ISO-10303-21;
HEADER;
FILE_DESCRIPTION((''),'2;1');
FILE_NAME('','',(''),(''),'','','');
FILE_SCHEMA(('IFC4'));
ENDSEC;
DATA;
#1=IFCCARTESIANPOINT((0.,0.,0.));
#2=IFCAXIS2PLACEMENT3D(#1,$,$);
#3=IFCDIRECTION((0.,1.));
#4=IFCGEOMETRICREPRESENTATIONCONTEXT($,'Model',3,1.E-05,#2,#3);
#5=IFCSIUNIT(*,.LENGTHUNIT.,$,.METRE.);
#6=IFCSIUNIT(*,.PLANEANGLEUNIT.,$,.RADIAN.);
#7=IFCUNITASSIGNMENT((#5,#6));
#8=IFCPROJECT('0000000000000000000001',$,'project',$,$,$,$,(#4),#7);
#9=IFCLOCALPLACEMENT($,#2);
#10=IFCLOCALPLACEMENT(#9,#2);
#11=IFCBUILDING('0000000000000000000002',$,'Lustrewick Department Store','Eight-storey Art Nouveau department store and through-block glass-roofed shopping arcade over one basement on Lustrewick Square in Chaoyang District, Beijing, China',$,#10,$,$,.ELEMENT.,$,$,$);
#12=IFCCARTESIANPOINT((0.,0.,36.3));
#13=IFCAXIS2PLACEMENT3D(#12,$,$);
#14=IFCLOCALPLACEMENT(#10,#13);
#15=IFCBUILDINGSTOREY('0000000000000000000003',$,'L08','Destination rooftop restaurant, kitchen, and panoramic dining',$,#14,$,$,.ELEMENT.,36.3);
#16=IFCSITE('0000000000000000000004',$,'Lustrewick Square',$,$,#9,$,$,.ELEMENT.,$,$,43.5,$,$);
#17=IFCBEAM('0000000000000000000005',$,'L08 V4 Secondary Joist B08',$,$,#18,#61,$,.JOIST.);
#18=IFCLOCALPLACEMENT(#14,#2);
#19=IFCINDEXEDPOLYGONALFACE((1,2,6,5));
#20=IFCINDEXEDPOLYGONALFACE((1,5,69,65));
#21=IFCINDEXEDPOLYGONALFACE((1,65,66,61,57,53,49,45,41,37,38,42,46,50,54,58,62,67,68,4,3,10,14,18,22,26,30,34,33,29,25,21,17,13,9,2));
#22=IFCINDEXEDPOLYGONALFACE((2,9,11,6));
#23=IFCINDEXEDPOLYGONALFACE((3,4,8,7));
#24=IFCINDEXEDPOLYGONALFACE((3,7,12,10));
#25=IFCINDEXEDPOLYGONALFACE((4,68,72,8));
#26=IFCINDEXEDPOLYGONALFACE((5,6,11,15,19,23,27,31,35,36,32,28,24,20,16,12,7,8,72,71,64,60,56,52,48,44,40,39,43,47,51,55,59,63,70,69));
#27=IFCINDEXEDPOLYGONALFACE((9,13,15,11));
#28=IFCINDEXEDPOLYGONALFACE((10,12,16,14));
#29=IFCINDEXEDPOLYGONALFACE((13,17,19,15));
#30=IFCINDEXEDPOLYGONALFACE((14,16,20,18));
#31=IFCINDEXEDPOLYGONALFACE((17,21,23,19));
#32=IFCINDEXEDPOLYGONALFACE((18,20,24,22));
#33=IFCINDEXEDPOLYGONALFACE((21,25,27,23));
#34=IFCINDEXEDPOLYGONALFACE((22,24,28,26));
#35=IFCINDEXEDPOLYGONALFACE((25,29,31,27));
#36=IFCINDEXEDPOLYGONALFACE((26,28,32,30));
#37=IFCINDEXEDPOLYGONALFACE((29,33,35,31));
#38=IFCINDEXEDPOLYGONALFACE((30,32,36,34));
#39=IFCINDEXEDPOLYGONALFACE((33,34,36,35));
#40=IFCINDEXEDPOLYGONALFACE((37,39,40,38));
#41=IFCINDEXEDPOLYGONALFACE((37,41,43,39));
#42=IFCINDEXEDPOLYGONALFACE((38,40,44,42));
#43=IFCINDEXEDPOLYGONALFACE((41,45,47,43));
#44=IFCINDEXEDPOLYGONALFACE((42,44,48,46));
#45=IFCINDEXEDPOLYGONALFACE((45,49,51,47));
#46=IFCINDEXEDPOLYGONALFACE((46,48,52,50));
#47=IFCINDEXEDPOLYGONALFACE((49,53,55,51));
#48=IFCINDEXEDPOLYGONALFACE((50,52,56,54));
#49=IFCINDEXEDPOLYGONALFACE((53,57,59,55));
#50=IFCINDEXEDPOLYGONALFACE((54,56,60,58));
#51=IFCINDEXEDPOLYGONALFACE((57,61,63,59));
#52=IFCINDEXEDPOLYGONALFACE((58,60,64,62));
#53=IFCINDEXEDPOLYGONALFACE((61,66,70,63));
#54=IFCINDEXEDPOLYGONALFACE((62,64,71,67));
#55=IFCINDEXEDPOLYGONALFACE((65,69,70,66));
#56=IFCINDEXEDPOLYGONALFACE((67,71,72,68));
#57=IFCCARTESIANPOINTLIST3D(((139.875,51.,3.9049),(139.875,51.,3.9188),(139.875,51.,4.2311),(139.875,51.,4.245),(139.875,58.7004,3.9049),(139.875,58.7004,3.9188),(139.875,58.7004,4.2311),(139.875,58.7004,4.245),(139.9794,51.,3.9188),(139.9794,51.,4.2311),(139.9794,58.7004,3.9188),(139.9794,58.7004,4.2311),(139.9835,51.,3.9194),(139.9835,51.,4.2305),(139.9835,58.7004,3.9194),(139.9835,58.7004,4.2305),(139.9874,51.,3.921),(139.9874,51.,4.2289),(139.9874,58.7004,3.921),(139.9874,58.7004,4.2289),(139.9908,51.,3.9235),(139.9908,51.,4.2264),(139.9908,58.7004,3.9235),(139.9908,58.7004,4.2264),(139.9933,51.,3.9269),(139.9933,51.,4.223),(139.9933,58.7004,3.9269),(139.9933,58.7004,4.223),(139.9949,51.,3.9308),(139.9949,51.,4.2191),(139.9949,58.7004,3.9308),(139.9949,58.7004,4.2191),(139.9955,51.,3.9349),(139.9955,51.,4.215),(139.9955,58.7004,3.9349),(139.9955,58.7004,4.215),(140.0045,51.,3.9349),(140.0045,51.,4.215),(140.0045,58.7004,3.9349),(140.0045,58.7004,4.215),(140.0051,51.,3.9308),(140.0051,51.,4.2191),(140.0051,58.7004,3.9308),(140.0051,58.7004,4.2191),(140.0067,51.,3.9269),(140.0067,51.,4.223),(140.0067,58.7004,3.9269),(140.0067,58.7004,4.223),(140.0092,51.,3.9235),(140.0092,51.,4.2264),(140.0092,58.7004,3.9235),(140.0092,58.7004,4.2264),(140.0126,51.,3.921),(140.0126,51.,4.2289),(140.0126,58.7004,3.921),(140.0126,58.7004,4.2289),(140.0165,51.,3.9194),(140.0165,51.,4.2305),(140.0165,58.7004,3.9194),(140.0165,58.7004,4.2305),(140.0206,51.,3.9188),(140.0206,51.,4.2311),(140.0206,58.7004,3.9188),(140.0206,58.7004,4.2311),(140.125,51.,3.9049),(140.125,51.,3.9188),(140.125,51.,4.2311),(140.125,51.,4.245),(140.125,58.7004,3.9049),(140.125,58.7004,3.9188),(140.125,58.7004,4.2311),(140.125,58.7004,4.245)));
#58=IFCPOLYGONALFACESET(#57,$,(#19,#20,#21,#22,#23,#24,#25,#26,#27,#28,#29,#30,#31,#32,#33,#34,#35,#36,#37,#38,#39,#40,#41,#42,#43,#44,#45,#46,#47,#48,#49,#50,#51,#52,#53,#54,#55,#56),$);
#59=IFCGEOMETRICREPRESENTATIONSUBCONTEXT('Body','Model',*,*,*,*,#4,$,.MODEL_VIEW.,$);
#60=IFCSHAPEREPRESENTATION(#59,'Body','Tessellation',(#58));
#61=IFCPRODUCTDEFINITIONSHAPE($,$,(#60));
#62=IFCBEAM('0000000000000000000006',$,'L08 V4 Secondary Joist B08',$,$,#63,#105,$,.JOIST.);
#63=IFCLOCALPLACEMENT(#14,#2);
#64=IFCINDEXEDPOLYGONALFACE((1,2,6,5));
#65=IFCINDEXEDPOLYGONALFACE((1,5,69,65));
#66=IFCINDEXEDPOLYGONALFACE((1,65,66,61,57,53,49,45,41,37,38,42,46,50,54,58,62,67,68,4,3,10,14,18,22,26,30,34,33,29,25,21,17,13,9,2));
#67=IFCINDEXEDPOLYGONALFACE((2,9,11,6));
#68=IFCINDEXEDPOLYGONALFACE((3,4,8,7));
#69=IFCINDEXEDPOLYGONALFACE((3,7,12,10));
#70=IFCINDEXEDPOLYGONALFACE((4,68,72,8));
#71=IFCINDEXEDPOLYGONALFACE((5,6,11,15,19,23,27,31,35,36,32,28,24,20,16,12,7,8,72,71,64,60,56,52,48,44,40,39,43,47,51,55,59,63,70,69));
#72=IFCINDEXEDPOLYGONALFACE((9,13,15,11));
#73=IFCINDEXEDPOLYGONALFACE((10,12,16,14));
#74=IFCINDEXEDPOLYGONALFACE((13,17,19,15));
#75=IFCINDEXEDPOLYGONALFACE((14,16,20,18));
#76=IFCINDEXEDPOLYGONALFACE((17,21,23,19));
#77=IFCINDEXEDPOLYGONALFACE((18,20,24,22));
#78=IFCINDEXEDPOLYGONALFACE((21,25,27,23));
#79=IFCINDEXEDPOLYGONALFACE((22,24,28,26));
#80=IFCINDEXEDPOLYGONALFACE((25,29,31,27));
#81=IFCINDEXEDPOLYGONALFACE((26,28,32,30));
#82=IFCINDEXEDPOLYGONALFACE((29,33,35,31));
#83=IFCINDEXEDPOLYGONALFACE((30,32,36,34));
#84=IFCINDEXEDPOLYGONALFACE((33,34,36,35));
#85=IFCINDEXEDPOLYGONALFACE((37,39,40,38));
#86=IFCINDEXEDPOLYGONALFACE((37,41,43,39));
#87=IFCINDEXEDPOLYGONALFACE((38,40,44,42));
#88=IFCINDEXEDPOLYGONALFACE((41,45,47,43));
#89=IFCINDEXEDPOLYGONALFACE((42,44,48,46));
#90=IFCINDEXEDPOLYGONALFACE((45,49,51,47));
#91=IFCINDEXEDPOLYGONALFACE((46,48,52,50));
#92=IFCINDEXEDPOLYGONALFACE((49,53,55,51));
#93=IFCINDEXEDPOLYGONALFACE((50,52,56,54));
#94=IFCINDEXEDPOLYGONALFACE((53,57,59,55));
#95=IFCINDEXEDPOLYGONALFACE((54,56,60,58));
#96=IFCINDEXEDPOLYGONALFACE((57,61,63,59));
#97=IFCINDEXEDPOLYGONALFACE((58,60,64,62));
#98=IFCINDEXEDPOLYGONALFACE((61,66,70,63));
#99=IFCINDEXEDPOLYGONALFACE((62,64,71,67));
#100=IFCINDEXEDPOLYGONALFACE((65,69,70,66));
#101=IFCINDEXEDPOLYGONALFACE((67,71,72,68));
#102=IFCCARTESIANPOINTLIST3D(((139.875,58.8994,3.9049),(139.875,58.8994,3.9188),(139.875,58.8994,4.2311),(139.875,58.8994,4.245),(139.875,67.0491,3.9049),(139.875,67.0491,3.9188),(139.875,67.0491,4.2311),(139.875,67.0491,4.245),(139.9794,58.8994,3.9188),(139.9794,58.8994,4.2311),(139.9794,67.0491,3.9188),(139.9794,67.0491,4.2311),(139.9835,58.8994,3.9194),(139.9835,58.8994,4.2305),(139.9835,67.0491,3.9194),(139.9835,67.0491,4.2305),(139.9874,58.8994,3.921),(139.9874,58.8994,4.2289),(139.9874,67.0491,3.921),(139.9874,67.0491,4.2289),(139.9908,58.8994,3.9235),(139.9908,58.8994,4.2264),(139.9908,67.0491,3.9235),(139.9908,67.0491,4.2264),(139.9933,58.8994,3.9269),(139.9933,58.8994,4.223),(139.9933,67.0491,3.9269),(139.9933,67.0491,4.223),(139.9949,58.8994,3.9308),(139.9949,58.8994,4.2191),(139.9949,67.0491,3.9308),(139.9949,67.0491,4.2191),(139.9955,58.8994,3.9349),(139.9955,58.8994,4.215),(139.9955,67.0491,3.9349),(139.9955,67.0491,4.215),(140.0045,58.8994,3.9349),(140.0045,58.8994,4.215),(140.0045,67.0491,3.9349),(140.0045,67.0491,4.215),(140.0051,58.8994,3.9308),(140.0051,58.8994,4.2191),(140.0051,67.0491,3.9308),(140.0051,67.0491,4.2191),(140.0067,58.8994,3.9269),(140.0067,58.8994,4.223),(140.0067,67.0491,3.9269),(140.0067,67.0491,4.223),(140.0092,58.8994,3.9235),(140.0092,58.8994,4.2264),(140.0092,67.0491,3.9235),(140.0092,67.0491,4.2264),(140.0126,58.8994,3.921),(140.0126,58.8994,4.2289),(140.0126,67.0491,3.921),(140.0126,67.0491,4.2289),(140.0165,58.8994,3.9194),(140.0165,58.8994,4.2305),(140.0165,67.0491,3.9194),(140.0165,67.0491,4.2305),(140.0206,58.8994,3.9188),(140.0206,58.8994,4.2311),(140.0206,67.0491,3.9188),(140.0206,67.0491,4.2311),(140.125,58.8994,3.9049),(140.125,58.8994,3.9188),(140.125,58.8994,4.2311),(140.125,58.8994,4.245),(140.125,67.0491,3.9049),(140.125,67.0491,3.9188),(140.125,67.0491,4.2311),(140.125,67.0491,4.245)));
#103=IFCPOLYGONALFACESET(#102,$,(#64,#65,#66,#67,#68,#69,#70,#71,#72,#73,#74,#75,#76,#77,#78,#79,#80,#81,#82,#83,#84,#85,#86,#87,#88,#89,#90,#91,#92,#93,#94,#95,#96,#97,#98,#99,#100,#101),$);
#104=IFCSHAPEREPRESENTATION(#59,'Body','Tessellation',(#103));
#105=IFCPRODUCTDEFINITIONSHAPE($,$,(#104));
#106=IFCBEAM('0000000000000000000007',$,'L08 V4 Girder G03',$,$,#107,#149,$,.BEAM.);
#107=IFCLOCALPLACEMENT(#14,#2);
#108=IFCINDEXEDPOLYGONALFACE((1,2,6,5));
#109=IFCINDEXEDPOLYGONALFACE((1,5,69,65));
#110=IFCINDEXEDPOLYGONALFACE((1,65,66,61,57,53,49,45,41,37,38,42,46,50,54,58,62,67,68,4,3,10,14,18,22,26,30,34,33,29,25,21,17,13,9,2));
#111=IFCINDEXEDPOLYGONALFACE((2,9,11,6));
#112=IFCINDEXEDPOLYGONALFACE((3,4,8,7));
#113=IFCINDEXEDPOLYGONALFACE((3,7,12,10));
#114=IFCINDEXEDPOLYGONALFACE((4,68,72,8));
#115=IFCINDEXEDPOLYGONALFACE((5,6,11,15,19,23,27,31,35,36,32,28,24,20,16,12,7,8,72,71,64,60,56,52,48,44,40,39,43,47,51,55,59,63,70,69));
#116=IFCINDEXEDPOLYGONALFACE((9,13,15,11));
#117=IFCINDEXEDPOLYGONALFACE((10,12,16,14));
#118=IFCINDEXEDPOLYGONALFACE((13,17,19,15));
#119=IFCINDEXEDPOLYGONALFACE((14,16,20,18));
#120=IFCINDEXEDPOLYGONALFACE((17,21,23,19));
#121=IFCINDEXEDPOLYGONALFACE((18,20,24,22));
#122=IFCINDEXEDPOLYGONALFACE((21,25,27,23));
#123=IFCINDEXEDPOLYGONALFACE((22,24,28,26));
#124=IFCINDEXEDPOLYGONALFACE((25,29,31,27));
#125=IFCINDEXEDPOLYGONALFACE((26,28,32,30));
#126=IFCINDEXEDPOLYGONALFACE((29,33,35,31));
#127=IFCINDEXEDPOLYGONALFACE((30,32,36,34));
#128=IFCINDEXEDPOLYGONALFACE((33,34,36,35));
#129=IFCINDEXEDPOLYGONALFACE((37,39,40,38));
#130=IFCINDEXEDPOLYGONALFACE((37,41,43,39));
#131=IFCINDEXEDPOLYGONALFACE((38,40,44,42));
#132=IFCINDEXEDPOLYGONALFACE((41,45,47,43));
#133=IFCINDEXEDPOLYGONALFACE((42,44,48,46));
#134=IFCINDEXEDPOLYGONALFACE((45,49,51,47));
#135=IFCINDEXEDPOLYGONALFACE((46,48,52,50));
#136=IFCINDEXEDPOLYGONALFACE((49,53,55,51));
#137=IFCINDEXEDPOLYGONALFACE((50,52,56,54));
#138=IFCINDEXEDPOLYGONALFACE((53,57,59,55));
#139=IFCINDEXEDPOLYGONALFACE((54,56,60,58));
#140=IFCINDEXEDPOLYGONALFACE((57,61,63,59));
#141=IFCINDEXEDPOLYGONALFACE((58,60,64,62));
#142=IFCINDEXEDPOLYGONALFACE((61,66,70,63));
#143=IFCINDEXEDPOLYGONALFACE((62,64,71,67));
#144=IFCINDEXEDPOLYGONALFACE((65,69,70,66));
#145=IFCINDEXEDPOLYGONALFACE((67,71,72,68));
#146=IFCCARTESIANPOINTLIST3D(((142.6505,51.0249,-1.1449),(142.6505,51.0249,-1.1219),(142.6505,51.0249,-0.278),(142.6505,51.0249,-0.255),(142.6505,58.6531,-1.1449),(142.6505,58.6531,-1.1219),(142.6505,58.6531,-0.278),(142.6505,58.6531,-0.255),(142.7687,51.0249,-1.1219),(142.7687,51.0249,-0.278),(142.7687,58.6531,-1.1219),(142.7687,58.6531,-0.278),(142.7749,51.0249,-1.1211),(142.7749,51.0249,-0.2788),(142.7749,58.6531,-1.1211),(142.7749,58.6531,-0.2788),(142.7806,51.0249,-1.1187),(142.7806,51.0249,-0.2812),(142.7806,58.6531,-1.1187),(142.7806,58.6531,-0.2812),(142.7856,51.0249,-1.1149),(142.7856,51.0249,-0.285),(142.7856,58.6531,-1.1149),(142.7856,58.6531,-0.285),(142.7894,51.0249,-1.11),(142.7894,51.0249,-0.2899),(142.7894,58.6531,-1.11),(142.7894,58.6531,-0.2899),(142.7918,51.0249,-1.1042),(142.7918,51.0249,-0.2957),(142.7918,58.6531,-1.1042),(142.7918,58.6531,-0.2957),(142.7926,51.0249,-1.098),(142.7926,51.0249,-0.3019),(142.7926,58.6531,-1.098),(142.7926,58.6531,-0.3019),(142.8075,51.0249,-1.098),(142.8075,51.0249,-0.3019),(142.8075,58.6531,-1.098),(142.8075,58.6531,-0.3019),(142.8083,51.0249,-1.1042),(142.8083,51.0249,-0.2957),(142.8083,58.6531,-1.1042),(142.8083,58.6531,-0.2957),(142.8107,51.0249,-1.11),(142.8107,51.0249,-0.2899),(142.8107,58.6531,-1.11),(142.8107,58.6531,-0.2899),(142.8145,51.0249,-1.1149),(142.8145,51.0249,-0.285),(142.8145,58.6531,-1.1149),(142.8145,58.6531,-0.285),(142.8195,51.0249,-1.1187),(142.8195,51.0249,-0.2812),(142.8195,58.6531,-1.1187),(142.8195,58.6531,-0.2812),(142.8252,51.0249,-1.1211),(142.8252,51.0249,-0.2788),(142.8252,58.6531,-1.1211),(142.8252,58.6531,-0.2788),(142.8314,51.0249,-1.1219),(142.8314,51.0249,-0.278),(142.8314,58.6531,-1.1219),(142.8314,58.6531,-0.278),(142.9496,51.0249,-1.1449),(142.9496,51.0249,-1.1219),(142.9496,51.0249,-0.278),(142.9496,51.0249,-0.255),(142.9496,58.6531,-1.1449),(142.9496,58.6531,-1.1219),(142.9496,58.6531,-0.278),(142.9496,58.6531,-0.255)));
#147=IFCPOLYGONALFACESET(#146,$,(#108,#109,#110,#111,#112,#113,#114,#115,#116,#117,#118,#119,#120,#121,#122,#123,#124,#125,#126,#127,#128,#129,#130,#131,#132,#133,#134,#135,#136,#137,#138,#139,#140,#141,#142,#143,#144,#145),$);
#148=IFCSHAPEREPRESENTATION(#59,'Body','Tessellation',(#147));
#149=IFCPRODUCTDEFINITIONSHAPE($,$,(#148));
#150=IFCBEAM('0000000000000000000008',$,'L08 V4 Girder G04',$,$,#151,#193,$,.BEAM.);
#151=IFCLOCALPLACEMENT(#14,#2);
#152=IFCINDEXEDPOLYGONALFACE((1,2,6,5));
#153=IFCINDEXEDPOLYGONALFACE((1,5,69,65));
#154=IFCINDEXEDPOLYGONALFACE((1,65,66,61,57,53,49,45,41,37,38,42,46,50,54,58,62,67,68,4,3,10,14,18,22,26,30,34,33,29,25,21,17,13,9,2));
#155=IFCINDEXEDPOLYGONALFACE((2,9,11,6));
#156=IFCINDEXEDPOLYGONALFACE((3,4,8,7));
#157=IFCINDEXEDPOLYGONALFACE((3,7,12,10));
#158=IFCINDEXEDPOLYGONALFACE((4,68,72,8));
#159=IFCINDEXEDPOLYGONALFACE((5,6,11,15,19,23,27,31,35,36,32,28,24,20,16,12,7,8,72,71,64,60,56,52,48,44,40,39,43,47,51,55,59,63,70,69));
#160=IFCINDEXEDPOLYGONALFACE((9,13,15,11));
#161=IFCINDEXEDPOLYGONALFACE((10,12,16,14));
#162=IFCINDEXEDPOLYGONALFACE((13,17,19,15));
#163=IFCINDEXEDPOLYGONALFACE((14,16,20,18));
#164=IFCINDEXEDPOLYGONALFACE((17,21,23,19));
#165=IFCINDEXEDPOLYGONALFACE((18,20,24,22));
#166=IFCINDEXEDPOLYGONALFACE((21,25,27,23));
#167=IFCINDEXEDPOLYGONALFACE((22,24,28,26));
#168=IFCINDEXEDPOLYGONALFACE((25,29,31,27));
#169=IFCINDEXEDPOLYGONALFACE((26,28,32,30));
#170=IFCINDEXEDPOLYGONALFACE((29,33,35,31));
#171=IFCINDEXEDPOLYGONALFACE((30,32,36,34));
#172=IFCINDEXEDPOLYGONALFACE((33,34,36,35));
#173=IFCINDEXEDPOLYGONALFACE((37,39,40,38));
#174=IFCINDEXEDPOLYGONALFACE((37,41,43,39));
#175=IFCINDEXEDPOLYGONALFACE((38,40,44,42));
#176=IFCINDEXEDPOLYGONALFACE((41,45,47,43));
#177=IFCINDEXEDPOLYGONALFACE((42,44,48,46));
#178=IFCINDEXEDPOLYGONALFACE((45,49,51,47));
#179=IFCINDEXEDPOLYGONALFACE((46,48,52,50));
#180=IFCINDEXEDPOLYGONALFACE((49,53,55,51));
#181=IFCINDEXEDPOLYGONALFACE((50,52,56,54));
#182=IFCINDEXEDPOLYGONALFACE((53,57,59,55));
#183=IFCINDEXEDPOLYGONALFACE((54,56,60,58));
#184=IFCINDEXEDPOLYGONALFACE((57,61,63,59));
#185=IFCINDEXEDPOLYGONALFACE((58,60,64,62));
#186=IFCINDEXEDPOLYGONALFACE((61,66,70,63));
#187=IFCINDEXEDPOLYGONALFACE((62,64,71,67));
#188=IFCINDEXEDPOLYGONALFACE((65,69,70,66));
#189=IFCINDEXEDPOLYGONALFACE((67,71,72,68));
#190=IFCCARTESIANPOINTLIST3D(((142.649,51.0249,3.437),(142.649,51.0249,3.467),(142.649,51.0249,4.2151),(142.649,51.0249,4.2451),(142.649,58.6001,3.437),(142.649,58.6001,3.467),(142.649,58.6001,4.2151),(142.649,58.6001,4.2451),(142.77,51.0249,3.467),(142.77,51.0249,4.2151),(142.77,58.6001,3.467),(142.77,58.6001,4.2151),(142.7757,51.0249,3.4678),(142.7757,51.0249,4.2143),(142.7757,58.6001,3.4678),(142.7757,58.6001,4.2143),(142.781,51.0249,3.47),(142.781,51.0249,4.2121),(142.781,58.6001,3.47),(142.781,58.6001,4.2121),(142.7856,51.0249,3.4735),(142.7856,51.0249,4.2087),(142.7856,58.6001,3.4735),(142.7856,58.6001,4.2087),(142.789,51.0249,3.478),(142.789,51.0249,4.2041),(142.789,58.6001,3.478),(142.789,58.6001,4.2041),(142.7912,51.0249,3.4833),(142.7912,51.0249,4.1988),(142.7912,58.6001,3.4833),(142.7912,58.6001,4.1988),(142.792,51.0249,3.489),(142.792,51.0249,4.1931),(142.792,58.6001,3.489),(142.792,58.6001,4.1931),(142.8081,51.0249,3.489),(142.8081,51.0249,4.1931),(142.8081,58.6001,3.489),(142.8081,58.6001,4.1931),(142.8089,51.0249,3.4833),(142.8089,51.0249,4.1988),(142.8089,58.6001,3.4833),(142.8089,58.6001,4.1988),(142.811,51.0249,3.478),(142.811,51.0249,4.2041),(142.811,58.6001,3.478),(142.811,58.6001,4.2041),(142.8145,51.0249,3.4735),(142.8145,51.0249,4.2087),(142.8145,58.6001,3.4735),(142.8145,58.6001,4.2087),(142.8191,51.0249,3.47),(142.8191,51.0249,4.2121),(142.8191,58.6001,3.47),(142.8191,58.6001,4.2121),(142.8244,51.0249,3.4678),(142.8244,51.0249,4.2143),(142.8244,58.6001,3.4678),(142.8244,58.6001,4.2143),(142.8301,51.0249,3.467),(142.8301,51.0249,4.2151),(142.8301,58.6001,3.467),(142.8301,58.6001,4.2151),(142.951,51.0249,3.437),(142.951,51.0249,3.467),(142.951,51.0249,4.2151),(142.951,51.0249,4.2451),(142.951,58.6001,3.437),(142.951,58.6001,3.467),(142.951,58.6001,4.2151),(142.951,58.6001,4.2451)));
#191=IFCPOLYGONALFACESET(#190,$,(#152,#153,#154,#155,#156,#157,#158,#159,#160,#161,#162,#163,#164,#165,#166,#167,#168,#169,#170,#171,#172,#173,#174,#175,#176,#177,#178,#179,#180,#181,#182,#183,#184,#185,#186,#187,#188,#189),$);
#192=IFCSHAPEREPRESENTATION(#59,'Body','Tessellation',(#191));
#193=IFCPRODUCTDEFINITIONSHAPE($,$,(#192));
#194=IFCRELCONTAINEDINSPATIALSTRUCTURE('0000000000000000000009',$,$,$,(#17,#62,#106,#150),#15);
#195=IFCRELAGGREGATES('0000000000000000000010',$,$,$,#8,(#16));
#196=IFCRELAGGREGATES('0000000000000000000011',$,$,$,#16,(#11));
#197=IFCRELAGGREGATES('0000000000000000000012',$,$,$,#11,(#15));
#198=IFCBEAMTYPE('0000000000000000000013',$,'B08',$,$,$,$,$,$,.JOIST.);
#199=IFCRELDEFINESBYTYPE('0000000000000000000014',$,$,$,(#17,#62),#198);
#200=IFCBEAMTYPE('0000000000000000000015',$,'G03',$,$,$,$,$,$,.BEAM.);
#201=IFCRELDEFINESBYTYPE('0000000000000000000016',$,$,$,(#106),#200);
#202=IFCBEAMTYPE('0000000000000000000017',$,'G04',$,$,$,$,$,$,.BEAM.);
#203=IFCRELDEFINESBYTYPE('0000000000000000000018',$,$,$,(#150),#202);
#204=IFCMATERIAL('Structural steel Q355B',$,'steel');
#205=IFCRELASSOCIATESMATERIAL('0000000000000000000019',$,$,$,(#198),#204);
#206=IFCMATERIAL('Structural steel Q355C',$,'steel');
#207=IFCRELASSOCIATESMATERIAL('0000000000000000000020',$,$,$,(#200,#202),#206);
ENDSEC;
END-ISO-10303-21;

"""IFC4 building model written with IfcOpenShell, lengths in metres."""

from ifc_helpers import new_model, si_unit, direction, frame, origin, origin_2d, place, context, subcontext, project, spatial, i_section, extrude, material, material_profile, profile_set, type_object, element, save


model = new_model("IFC4")

# Units and contexts
model_context = context("Model", 3, precision=1e-05, world=origin(), true_north=direction((0.0, 1.0)))
body_context = subcontext(model_context, "Body", "Model", "MODEL_VIEW")
ifc_project = project(units=[si_unit("LENGTHUNIT", "METRE"), si_unit("PLANEANGLEUNIT", "RADIAN")], contexts=[model_context])

# Site, building, storey
site_placement = place(None, origin())
site = spatial("IfcSite", under=ifc_project, at=site_placement, Name="Lustrewick Square", CompositionType="ELEMENT", RefElevation=43.5)
building_placement = place(site_placement, origin())
building = spatial("IfcBuilding", under=site, at=building_placement, Name="Lustrewick Department Store", Description="Eight-storey Art Nouveau department store and through-block glass-roofed shopping arcade over one basement on Lustrewick Square in Chaoyang District, Beijing, China", CompositionType="ELEMENT")
storey_placement = place(building_placement, frame((0.0, 0.0, 36.3)))
storey = spatial("IfcBuildingStorey", under=building, at=storey_placement, Name="L08", Description="Destination rooftop restaurant, kitchen, and panoramic dining", CompositionType="ELEMENT", Elevation=36.3)

# Shared definitions
ifc_material_1 = material(Name="Structural steel Q355B", Category="steel")

# Beams
ifc_material_profile_1 = material_profile(ifc_material_1, i_section(OverallWidth=0.25, OverallDepth=0.3401, WebThickness=0.009, FlangeThickness=0.0139, FilletRadius=0.0161, at=origin_2d()), Name="HM 340x250x9x14")
ifc_profile_set_1 = profile_set([ifc_material_profile_1], Name="Structural steel Q355B")
beam_type_1 = type_object("IfcBeamType", Name="B08", PredefinedType="JOIST", material=ifc_profile_set_1)
beam_1_placement = place(storey_placement, frame((140.0, 51.0, 4.075), z_axis=(0.0, 1.0, 0.0), x_axis=(-1.0, 0.0, 0.0)))
element("IfcBeam", 1, at=beam_1_placement, inside=storey, type_object=beam_type_1, Name="L08 V4 Secondary Joist B08", PredefinedType="JOIST", context=body_context, shape_type="SweptSolid", body=[
    extrude(i_section(OverallWidth=0.25, OverallDepth=0.3401, WebThickness=0.009, FlangeThickness=0.0139, FilletRadius=0.0161, at=origin_2d()), origin(), (0.0, 0.0, 1.0), 7.7004),
])
beam_2_placement = place(storey_placement, frame((140.0, 58.8994, 4.075), z_axis=(0.0, 1.0, 0.0), x_axis=(-1.0, 0.0, 0.0)))
element("IfcBeam", 2, at=beam_2_placement, inside=storey, type_object=beam_type_1, Name="L08 V4 Secondary Joist B08", PredefinedType="JOIST", context=body_context, shape_type="SweptSolid", body=[
    extrude(i_section(OverallWidth=0.25, OverallDepth=0.3401, WebThickness=0.009, FlangeThickness=0.0139, FilletRadius=0.0161, at=origin_2d()), origin(), (0.0, 0.0, 1.0), 8.1497),
])
ifc_material_2 = material(Name="Structural steel Q355C", Category="steel")
ifc_material_profile_2 = material_profile(ifc_material_2, i_section(OverallWidth=0.2991, OverallDepth=0.8899, WebThickness=0.0149, FlangeThickness=0.0229, FilletRadius=0.0239, at=origin_2d()), Name="HN 890x299x15x23")
ifc_profile_set_2 = profile_set([ifc_material_profile_2], Name="Structural steel Q355C")
beam_type_2 = type_object("IfcBeamType", Name="G03", PredefinedType="BEAM", material=ifc_profile_set_2)
beam_3_placement = place(storey_placement, frame((142.8, 51.0249, -0.7), z_axis=(0.0, 1.0, 0.0), x_axis=(-1.0, 0.0, 0.0)))
element("IfcBeam", 3, at=beam_3_placement, inside=storey, type_object=beam_type_2, Name="L08 V4 Girder G03", PredefinedType="BEAM", context=body_context, shape_type="SweptSolid", body=[
    extrude(i_section(OverallWidth=0.2991, OverallDepth=0.8899, WebThickness=0.0149, FlangeThickness=0.0229, FilletRadius=0.0239, at=origin_2d()), origin(), (0.0, 0.0, 1.0), 7.6282),
])
ifc_material_profile_3 = material_profile(ifc_material_2, i_section(OverallWidth=0.302, OverallDepth=0.8081, WebThickness=0.0161, FlangeThickness=0.03, FilletRadius=0.022, at=origin_2d()), Name="HN 808x302x16x30")
ifc_profile_set_3 = profile_set([ifc_material_profile_3], Name="Structural steel Q355C")
beam_type_3 = type_object("IfcBeamType", Name="G04", PredefinedType="BEAM", material=ifc_profile_set_3)
beam_4_placement = place(storey_placement, frame((142.8, 51.0249, 3.8411), z_axis=(0.0, 1.0, 0.0), x_axis=(-1.0, 0.0, 0.0)))
element("IfcBeam", 4, at=beam_4_placement, inside=storey, type_object=beam_type_3, Name="L08 V4 Girder G04", PredefinedType="BEAM", context=body_context, shape_type="SweptSolid", body=[
    extrude(i_section(OverallWidth=0.302, OverallDepth=0.8081, WebThickness=0.0161, FlangeThickness=0.03, FilletRadius=0.022, at=origin_2d()), origin(), (0.0, 0.0, 1.0), 7.5752),
])

save(model, "model.ifc")
